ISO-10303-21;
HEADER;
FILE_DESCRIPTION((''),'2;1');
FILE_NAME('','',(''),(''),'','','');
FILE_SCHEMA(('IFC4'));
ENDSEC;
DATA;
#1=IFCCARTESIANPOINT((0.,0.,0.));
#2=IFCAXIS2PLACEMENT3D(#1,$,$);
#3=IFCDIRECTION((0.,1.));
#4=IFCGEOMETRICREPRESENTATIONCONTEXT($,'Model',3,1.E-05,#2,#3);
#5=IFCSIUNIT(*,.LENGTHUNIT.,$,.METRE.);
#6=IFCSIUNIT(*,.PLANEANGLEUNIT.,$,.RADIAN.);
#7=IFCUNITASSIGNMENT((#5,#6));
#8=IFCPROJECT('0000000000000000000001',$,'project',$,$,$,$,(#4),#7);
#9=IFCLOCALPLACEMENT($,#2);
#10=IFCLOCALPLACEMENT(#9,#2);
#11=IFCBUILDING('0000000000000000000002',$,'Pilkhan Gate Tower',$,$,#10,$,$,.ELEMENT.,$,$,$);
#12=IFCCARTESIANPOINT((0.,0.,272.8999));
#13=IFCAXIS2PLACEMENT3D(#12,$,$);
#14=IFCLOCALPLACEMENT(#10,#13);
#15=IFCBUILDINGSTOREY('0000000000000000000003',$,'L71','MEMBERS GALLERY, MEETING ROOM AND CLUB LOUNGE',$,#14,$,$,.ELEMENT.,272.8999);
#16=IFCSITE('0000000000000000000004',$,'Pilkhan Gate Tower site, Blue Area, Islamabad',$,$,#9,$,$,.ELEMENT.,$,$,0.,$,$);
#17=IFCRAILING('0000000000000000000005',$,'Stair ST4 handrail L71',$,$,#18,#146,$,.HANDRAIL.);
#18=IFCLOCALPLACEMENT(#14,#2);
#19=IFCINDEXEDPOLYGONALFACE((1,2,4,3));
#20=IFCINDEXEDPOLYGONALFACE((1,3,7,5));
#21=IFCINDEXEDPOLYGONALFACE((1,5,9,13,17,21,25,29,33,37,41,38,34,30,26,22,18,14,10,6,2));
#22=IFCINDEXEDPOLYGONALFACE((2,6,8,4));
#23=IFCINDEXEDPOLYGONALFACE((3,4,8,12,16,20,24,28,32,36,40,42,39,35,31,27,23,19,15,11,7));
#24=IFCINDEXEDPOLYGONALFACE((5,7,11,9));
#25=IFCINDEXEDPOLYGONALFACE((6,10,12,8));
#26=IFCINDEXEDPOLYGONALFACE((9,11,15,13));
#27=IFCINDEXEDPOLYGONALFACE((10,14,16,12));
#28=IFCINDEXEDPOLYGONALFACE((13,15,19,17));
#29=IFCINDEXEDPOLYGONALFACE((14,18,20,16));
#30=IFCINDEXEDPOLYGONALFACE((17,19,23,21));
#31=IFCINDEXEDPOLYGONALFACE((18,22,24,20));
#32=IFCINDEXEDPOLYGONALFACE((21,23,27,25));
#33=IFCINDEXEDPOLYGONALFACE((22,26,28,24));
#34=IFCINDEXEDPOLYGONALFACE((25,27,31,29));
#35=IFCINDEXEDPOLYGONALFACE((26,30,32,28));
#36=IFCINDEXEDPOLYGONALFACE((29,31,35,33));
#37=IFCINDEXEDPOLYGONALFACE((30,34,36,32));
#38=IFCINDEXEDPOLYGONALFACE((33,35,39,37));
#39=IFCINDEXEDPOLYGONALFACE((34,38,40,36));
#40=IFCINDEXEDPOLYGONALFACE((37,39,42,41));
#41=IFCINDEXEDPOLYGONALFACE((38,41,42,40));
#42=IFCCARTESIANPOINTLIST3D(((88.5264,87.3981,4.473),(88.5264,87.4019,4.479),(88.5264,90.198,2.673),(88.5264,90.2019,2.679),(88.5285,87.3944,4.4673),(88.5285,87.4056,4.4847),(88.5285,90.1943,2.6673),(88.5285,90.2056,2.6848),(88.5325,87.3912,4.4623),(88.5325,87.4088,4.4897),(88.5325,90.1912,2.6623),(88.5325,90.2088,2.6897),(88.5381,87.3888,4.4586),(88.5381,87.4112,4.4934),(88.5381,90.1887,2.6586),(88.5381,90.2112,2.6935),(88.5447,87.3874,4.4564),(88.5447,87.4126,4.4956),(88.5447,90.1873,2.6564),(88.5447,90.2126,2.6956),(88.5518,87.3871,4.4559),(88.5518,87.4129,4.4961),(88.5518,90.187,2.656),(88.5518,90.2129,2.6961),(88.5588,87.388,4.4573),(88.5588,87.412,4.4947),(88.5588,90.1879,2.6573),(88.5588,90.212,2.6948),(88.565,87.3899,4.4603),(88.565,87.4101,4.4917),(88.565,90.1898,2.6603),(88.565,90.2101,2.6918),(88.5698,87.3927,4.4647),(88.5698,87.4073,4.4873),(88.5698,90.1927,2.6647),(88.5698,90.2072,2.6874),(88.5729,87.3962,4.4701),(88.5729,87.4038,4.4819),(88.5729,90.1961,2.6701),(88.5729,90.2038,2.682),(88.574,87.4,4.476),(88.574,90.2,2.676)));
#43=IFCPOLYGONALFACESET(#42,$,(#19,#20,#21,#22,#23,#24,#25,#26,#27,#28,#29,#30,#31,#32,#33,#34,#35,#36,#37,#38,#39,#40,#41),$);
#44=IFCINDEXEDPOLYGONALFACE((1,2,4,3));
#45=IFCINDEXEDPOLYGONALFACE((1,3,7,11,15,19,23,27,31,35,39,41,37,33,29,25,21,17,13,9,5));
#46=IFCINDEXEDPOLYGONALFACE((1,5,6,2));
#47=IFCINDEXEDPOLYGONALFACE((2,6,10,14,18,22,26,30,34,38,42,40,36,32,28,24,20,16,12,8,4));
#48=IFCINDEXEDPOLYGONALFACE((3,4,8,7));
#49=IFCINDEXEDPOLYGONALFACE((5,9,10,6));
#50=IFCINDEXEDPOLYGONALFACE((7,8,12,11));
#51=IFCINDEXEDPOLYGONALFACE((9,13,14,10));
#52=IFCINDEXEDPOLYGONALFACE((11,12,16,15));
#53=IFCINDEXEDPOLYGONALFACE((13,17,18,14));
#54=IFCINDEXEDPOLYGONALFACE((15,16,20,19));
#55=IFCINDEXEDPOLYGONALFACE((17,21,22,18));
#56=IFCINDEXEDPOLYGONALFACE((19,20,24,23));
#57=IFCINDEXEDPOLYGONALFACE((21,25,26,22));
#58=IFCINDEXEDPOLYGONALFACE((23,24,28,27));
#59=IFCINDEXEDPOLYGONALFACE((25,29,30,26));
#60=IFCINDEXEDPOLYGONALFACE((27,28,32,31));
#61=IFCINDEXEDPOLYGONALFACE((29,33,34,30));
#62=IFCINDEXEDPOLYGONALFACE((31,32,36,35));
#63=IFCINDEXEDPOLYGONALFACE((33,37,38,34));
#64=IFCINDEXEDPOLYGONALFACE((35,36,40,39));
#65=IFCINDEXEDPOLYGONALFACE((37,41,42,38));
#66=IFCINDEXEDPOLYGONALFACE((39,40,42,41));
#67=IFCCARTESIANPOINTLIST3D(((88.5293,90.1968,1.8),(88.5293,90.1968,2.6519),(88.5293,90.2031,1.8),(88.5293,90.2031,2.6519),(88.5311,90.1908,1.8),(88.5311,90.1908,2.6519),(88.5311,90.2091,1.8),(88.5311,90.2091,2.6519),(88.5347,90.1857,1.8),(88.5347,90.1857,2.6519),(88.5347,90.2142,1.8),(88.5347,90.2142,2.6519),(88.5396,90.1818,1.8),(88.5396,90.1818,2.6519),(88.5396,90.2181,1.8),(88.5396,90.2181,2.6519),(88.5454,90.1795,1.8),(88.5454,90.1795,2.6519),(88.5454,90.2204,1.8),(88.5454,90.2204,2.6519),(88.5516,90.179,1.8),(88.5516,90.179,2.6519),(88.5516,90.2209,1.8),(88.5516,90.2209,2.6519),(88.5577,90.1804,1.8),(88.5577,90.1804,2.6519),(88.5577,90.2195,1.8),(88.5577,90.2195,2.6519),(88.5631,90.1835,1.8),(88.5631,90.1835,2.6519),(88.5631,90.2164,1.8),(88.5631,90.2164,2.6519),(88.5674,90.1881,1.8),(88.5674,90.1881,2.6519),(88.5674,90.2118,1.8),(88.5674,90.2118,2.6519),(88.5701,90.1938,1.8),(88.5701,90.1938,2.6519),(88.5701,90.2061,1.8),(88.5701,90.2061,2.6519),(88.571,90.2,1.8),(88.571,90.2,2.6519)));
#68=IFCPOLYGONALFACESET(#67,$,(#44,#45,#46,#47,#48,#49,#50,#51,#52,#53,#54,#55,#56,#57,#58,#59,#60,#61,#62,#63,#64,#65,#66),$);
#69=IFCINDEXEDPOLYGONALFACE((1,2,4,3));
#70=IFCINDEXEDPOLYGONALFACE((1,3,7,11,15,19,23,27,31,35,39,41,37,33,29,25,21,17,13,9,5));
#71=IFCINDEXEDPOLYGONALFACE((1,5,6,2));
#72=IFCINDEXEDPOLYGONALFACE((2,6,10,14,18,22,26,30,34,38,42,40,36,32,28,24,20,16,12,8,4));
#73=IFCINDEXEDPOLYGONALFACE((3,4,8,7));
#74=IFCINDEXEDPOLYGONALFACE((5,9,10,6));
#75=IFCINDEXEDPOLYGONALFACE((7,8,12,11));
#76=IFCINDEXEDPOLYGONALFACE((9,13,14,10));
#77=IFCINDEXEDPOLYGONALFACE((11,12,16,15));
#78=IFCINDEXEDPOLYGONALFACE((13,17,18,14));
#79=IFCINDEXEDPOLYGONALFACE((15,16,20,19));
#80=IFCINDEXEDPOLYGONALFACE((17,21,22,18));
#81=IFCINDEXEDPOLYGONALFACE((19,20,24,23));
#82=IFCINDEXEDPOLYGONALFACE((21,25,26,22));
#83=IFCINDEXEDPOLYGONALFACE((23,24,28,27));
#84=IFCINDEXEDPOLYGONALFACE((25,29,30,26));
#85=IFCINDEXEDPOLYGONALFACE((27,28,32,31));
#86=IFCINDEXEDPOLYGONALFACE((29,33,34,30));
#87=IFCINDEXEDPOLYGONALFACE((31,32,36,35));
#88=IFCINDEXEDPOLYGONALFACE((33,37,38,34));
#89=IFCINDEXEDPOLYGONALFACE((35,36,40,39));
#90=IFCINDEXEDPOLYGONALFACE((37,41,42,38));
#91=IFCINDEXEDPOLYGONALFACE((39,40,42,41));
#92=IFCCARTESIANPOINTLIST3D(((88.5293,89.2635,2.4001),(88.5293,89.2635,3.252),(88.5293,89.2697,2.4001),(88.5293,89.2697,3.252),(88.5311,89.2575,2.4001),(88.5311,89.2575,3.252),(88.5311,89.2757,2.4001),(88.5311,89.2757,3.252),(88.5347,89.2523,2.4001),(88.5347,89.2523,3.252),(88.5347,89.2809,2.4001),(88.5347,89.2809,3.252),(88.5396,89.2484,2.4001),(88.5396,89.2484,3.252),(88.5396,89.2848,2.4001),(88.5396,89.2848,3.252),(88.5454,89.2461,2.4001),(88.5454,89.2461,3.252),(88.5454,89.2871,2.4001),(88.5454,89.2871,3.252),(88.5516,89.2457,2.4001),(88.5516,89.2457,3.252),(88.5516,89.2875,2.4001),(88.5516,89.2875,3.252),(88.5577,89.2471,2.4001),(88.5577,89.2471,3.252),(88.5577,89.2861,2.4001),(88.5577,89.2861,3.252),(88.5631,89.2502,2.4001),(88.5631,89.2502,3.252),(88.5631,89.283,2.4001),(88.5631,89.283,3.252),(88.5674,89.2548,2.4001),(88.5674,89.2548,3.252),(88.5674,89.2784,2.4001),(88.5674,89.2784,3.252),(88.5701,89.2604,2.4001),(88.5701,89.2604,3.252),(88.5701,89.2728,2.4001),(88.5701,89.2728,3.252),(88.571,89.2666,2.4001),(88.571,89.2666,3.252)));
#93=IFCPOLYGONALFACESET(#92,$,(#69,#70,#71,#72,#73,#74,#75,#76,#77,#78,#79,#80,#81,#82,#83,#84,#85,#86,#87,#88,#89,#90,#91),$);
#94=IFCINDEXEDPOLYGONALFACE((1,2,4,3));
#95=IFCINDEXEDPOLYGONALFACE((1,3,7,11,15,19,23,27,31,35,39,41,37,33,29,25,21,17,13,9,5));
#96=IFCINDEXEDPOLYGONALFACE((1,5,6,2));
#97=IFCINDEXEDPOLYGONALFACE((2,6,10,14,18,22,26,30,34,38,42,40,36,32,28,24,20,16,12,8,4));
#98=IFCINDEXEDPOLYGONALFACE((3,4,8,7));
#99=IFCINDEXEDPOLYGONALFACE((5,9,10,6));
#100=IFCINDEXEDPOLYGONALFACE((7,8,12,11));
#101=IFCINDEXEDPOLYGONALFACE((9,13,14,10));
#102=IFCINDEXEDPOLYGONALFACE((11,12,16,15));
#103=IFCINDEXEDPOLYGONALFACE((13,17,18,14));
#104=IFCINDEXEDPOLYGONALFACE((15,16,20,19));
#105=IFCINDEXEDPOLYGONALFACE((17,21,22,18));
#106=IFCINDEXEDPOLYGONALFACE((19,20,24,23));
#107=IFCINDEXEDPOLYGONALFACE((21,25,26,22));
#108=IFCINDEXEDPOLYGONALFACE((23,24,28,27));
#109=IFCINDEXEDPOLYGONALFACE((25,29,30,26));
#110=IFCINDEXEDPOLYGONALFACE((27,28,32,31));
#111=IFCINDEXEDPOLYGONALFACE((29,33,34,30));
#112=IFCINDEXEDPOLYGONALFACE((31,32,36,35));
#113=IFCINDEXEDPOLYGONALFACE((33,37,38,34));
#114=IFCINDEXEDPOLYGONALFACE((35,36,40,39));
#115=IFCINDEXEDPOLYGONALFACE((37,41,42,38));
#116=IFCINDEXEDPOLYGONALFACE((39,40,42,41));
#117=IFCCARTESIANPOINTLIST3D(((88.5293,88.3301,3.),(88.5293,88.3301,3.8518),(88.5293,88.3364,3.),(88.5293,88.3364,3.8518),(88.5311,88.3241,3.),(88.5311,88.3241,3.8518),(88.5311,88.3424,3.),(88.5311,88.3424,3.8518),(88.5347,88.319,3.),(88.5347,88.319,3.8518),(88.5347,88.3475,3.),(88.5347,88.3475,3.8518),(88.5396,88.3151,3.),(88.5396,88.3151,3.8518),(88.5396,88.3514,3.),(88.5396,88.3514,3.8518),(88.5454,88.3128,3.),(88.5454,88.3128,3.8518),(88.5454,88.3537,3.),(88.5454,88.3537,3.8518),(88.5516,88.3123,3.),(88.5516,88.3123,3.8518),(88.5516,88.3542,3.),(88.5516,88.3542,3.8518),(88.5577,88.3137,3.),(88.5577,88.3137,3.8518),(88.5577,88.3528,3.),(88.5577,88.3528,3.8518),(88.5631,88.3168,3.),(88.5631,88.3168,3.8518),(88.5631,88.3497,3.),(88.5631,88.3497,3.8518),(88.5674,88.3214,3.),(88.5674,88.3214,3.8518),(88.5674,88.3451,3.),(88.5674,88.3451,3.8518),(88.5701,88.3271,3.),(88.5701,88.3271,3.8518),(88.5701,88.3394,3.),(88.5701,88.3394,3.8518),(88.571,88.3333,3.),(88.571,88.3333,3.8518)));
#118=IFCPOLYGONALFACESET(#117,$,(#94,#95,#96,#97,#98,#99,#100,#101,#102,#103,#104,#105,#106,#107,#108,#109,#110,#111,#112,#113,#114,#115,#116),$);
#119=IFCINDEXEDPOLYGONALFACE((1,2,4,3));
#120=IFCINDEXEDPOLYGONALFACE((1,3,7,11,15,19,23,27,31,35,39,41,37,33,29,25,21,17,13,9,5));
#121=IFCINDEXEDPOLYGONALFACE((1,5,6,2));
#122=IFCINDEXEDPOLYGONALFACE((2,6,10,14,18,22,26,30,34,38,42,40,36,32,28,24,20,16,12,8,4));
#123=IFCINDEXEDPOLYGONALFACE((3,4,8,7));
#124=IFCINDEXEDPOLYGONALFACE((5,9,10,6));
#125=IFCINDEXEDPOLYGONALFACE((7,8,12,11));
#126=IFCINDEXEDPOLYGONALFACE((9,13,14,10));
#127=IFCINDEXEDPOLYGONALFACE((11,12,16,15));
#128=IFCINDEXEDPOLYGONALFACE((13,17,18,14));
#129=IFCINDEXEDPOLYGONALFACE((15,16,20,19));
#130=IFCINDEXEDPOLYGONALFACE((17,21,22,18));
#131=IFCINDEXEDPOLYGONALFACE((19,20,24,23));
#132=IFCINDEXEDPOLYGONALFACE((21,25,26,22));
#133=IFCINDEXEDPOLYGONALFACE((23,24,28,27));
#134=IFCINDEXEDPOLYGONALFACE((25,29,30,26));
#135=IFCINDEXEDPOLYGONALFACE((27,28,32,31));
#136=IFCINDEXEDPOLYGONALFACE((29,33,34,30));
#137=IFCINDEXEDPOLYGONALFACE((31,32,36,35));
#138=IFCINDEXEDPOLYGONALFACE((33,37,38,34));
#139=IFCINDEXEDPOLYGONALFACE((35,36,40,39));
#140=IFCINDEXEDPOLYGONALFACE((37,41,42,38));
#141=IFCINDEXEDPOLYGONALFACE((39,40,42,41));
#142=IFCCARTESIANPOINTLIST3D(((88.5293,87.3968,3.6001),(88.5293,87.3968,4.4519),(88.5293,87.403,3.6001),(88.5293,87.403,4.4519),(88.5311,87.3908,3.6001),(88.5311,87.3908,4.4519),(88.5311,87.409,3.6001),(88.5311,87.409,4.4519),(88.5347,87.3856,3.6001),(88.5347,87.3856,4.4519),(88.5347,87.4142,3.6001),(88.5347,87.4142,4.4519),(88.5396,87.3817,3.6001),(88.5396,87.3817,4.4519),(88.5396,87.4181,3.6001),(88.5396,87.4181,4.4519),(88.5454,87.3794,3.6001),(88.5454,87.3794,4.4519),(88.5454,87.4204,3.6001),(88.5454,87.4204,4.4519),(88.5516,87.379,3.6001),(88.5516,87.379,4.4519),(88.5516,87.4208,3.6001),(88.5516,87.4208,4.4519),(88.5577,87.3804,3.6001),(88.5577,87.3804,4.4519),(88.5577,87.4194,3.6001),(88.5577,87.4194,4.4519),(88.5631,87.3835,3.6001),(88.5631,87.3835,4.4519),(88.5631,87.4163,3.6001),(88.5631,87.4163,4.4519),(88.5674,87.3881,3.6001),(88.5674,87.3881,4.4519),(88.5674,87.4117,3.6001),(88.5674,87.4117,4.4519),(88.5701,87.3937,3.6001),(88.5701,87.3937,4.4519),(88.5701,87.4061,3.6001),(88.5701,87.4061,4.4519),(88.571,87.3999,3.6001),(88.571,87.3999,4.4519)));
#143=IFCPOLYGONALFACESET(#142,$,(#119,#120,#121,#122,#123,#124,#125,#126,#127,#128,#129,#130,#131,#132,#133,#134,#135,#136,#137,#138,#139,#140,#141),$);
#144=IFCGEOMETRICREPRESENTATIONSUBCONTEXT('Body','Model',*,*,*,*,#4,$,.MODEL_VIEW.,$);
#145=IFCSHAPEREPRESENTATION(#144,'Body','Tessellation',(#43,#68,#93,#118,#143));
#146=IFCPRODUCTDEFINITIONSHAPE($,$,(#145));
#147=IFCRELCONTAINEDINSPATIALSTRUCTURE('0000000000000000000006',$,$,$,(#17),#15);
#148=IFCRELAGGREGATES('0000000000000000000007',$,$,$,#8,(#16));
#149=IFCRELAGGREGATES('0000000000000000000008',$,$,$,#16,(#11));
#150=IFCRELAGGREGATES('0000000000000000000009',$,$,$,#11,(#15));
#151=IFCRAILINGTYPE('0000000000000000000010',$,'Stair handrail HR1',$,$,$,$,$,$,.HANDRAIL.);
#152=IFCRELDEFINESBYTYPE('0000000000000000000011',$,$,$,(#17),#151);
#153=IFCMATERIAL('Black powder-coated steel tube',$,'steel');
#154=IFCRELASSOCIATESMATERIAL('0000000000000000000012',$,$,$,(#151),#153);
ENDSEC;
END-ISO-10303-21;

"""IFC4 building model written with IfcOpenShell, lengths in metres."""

from ifc_helpers import new_model, si_unit, direction, frame, origin, origin_2d, place, context, subcontext, project, spatial, circle, extrude, material, type_object, element, save


model = new_model("IFC4")

# Units and contexts
model_context = context("Model", 3, precision=1e-05, world=origin(), true_north=direction((0.0, 1.0)))
body_context = subcontext(model_context, "Body", "Model", "MODEL_VIEW")
ifc_project = project(units=[si_unit("LENGTHUNIT", "METRE"), si_unit("PLANEANGLEUNIT", "RADIAN")], contexts=[model_context])

# Site, building, storey
site_placement = place(None, origin())
site = spatial("IfcSite", under=ifc_project, at=site_placement, Name="Pilkhan Gate Tower site, Blue Area, Islamabad", CompositionType="ELEMENT", RefElevation=0.0)
building_placement = place(site_placement, origin())
building = spatial("IfcBuilding", under=site, at=building_placement, Name="Pilkhan Gate Tower", CompositionType="ELEMENT")
storey_placement = place(building_placement, frame((0.0, 0.0, 272.8999)))
storey = spatial("IfcBuildingStorey", under=building, at=storey_placement, Name="L71", Description="MEMBERS GALLERY, MEETING ROOM AND CLUB LOUNGE", CompositionType="ELEMENT", Elevation=272.8999)

# Railing
ifc_material_1 = material(Name="Black powder-coated steel tube", Category="steel")
railing_type_1 = type_object("IfcRailingType", Name="Stair handrail HR1", PredefinedType="HANDRAIL", material=ifc_material_1)
railing_1_placement = place(storey_placement, frame((88.55, 90.2, 1.8)))
element("IfcRailing", 1, at=railing_1_placement, inside=storey, type_object=railing_type_1, Name="Stair ST4 handrail L71", PredefinedType="HANDRAIL", context=body_context, shape_type="SweptSolid", body=[
    extrude(circle(Radius=0.0239, at=origin_2d()), frame((0.0, 0.0, 0.876), z_axis=(0.0, -0.841176, 0.540761), x_axis=(1.0, 0.0, 0.0)), (0.0, 0.0, 1.0), 3.3286),
    extrude(circle(Radius=0.021, at=origin_2d()), origin(), (0.0, 0.0, 1.0), 0.8518),
    extrude(circle(Radius=0.021, at=origin_2d()), frame((0.0, -0.9333, 0.6001)), (0.0, 0.0, 1.0), 0.8518),
    extrude(circle(Radius=0.021, at=origin_2d()), frame((0.0, -1.8667, 1.2)), (0.0, 0.0, 1.0), 0.8518),
    extrude(circle(Radius=0.021, at=origin_2d()), frame((0.0, -2.8, 1.8)), (0.0, 0.0, 1.0), 0.8518),
])

save(model, "model.ifc")
